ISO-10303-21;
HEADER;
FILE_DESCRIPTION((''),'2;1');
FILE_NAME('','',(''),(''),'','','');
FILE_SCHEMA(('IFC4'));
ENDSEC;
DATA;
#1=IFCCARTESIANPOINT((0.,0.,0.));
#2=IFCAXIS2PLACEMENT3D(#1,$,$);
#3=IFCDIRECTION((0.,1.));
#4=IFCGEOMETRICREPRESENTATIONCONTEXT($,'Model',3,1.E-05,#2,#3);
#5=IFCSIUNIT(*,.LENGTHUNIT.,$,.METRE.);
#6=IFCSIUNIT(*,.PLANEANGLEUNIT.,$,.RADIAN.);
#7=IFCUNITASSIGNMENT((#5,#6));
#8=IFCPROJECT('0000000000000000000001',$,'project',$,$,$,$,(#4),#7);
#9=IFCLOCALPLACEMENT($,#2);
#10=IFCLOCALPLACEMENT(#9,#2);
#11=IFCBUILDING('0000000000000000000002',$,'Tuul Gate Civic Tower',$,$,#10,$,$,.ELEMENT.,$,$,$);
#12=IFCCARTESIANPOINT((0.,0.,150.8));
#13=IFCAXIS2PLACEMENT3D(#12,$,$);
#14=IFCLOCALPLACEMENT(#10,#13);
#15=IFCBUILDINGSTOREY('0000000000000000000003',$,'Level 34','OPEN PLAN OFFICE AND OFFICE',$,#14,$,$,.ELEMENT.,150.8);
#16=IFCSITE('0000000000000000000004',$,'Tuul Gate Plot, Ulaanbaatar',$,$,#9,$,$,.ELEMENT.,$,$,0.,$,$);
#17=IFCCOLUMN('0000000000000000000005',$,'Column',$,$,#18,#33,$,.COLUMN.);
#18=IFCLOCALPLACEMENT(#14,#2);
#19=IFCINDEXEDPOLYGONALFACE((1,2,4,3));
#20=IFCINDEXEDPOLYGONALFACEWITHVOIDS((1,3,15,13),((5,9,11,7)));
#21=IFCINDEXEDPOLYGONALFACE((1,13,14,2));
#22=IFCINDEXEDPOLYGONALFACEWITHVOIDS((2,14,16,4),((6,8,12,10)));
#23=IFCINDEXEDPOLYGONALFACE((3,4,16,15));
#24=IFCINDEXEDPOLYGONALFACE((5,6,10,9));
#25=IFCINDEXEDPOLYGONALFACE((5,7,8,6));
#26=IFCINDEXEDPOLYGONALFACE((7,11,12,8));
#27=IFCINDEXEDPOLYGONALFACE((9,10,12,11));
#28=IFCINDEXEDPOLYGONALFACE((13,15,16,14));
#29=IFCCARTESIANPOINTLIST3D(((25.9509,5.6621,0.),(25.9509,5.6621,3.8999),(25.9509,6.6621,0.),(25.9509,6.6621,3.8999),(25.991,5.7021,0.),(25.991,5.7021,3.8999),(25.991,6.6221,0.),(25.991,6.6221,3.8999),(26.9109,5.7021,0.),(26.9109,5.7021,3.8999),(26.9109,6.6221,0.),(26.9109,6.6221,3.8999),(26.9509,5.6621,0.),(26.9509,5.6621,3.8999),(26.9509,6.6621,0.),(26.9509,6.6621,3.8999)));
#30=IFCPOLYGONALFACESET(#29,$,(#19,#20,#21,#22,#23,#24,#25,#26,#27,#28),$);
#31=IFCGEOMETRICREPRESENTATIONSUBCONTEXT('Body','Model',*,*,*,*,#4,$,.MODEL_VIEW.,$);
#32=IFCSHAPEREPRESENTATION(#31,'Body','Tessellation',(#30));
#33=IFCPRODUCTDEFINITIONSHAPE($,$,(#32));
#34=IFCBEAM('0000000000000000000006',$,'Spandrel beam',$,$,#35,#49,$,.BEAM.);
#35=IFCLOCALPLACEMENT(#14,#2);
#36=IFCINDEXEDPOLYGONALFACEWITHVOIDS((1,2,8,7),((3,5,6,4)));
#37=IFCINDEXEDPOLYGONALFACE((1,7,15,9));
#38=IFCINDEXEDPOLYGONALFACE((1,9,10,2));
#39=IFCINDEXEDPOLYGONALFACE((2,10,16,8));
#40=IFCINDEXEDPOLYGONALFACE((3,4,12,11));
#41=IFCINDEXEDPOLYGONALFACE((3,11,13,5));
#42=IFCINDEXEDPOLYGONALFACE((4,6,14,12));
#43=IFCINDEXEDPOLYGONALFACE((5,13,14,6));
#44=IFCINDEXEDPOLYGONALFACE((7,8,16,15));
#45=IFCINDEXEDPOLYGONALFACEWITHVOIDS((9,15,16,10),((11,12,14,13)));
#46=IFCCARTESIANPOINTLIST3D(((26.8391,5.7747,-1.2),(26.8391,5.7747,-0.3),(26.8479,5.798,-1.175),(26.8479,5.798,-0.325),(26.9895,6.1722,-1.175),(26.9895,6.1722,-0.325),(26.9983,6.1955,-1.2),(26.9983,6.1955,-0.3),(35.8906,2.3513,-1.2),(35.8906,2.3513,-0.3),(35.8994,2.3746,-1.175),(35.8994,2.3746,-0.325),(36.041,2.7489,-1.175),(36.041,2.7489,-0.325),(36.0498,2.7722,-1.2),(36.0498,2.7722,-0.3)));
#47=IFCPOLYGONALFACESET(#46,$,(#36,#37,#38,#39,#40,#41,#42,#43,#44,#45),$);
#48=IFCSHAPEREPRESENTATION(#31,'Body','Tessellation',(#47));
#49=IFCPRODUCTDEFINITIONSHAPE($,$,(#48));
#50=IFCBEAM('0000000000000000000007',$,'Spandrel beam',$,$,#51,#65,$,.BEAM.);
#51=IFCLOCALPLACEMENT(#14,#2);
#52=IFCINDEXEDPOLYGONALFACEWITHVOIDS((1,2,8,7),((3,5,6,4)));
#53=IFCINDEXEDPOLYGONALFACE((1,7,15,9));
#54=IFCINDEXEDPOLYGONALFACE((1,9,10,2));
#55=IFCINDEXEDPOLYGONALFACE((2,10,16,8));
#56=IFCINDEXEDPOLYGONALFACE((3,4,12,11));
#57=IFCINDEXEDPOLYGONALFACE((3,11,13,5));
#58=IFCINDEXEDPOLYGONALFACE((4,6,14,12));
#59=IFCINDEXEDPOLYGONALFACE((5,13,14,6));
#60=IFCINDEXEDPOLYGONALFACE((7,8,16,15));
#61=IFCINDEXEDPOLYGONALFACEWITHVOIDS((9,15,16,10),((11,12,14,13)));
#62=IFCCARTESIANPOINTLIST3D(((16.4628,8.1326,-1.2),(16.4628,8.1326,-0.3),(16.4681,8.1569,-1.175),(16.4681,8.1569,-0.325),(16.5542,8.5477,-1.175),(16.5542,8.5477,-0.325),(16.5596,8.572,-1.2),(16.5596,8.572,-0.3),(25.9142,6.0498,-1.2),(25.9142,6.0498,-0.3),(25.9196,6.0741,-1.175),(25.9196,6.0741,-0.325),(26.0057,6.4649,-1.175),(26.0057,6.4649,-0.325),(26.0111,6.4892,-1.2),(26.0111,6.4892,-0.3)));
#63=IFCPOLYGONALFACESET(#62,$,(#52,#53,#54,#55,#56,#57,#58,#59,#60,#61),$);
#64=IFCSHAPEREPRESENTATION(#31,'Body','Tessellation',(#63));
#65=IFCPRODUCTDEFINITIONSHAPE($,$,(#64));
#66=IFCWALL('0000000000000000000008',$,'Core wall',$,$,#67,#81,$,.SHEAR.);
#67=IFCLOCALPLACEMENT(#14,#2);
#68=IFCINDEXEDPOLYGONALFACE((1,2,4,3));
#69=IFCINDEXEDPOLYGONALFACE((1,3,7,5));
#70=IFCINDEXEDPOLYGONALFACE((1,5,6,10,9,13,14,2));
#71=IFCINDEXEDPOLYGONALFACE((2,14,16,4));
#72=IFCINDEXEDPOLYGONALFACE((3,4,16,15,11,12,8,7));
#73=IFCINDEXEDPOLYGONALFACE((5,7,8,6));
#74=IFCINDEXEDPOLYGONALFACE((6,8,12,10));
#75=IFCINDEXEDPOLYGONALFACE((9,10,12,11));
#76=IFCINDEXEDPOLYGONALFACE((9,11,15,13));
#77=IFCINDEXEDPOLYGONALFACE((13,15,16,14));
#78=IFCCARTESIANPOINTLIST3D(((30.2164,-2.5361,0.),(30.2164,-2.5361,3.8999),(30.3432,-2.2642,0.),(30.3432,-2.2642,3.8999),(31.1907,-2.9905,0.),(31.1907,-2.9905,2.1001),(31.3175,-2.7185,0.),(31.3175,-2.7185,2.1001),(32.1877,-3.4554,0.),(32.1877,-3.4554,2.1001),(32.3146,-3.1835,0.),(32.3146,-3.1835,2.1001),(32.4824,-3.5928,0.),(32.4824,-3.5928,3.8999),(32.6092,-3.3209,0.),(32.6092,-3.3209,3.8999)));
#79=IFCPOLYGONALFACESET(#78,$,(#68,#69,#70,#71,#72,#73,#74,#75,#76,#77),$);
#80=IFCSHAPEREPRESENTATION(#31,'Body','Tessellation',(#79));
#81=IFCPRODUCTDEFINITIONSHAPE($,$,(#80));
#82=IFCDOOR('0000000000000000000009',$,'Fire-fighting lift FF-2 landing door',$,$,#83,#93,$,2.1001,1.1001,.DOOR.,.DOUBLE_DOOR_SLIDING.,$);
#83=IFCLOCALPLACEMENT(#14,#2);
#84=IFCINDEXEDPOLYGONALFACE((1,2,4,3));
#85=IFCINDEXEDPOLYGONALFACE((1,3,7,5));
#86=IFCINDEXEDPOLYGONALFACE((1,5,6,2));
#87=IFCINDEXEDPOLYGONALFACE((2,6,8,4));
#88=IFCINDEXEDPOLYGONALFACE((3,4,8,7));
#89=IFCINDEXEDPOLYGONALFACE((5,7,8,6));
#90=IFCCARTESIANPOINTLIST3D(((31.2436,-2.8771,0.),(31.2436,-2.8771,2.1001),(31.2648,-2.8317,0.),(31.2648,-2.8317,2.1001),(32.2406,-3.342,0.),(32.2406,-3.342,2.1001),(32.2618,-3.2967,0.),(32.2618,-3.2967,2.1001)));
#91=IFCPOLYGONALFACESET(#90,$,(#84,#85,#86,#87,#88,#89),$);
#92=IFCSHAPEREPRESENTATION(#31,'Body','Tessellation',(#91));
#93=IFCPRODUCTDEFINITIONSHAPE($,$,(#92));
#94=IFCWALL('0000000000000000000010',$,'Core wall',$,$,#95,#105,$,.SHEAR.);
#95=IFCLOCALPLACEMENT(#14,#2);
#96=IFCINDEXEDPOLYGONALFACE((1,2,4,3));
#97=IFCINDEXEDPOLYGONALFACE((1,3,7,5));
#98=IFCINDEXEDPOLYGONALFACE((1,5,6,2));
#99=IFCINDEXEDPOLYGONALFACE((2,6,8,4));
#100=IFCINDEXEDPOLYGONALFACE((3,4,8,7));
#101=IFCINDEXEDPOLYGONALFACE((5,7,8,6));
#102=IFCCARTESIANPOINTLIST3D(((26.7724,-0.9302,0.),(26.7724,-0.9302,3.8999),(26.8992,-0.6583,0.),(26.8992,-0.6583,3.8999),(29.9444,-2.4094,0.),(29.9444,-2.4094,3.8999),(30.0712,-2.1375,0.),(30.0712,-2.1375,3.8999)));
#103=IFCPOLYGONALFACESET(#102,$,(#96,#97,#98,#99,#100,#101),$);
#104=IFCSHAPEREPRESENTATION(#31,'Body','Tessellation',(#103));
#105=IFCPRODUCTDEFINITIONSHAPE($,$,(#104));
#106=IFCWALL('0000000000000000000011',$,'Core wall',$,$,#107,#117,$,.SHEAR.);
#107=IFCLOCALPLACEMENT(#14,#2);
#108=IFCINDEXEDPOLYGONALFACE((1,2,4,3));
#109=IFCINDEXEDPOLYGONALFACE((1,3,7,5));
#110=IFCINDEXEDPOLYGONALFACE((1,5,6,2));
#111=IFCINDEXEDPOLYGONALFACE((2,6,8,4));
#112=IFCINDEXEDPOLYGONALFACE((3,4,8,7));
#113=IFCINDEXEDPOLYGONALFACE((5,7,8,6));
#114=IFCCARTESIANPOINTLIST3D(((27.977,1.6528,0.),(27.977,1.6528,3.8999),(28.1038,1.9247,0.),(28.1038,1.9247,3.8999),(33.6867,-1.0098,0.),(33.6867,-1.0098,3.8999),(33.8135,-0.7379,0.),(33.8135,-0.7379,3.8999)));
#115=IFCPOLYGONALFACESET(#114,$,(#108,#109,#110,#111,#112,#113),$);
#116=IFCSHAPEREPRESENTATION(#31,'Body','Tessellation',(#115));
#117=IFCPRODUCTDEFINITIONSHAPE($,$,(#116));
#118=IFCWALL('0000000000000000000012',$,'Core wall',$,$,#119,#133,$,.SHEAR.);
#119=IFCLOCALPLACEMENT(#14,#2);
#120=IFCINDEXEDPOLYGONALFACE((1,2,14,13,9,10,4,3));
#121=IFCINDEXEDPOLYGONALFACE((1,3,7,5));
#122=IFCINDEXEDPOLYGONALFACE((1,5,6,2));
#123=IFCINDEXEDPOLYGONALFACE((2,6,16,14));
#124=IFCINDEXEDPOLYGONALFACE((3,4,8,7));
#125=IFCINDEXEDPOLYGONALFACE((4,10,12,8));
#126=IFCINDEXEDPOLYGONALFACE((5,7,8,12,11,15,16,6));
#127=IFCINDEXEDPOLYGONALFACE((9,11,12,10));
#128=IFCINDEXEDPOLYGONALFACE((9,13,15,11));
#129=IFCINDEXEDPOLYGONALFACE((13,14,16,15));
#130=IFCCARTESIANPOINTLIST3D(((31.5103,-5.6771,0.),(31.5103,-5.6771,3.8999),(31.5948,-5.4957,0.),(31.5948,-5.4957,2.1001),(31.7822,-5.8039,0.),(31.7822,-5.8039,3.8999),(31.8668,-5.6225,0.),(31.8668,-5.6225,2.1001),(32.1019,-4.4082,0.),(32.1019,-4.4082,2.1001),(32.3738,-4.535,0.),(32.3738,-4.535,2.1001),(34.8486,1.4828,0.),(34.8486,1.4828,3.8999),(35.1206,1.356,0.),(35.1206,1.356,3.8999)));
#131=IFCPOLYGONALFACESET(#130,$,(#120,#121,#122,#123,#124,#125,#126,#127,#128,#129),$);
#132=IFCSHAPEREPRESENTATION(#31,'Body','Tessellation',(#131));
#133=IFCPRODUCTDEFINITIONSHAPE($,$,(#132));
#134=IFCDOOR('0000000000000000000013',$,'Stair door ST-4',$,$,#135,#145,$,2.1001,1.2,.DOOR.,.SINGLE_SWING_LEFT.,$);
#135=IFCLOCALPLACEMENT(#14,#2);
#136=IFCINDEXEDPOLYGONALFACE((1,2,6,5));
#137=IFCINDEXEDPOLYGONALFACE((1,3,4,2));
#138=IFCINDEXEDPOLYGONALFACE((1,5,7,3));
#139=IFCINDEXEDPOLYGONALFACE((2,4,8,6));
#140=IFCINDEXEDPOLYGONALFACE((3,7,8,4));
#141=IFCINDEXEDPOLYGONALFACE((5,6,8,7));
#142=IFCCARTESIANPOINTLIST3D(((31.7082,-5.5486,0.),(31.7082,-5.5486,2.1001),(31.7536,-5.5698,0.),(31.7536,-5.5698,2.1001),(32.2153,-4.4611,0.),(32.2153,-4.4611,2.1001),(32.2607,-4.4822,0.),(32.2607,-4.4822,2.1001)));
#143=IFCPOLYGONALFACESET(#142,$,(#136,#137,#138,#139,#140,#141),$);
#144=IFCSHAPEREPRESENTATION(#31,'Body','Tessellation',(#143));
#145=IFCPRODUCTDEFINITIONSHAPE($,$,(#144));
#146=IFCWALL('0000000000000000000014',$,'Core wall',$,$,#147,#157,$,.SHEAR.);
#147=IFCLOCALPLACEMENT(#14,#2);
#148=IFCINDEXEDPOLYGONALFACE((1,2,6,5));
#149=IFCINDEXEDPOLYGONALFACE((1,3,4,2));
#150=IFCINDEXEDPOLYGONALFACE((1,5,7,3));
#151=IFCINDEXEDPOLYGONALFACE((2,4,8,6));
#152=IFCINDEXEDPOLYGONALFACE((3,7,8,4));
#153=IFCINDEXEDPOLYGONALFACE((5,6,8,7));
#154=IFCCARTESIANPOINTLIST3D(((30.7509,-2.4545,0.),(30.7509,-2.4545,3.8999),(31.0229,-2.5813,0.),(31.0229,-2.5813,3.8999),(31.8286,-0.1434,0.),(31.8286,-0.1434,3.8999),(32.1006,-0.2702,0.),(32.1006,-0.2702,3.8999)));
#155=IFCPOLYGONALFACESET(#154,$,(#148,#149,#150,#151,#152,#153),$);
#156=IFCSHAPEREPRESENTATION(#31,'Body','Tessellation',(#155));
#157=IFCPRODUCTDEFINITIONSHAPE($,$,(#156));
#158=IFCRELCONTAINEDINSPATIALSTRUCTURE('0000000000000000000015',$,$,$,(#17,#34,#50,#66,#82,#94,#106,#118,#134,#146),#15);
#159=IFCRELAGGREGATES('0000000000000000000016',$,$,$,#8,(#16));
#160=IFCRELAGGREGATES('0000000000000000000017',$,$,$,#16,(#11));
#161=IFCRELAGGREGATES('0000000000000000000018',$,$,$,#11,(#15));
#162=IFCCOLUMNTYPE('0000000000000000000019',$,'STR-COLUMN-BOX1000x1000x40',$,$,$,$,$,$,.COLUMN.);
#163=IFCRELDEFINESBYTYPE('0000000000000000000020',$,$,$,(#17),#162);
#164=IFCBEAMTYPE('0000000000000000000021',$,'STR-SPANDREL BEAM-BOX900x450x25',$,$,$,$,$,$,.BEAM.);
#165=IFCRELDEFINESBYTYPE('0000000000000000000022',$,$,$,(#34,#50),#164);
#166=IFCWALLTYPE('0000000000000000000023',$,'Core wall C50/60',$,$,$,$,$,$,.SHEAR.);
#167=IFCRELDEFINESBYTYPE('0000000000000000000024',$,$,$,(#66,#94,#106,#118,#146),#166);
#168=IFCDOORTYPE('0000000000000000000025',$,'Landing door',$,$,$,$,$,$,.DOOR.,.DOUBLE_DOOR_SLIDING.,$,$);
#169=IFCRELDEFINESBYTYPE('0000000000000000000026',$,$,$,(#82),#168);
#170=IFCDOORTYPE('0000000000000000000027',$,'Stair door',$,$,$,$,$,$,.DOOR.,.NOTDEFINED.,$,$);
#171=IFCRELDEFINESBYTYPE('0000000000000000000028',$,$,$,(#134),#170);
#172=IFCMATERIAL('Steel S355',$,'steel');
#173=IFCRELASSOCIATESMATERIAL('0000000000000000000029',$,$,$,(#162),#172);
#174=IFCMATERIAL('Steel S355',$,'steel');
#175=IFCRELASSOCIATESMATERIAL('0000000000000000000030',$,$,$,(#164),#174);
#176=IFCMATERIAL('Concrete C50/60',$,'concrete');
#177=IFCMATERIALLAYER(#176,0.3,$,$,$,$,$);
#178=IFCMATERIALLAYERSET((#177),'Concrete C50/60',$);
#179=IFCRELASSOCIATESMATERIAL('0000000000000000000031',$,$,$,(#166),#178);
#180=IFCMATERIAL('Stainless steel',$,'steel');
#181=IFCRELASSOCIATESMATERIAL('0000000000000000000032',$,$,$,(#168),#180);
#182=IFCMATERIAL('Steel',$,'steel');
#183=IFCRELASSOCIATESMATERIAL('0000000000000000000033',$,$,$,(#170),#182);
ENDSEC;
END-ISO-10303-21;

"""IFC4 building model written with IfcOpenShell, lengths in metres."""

from ifc_helpers import new_model, si_unit, direction, frame, frame_2d, origin, origin_2d, place, context, subcontext, project, spatial, rectangle, hollow_rectangle, extrude, material, layer, layer_set, material_profile, profile_set, type_object, element, fill, save


model = new_model("IFC4")

# Units and contexts
model_context = context("Model", 3, precision=1e-05, world=origin(), true_north=direction((0.0, 1.0)))
body_context = subcontext(model_context, "Body", "Model", "MODEL_VIEW")
ifc_project = project(units=[si_unit("LENGTHUNIT", "METRE"), si_unit("PLANEANGLEUNIT", "RADIAN")], contexts=[model_context])

# Site, building, storey
site_placement = place(None, origin())
site = spatial("IfcSite", under=ifc_project, at=site_placement, Name="Tuul Gate Plot, Ulaanbaatar", CompositionType="ELEMENT", RefElevation=0.0)
building_placement = place(site_placement, origin())
building = spatial("IfcBuilding", under=site, at=building_placement, Name="Tuul Gate Civic Tower", CompositionType="ELEMENT")
storey_placement = place(building_placement, frame((0.0, 0.0, 150.8)))
storey = spatial("IfcBuildingStorey", under=building, at=storey_placement, Name="Level 34", Description="OPEN PLAN OFFICE AND OFFICE", CompositionType="ELEMENT", Elevation=150.8)

# Column
ifc_material_1 = material(Name="Steel S355", Category="steel")
ifc_material_profile_1 = material_profile(ifc_material_1, hollow_rectangle(XDim=1.0, YDim=1.0, WallThickness=0.04, at=origin_2d()), Name="BOX1000x1000x40")
ifc_profile_set_1 = profile_set([ifc_material_profile_1], Name="Steel S355")
column_type = type_object("IfcColumnType", Name="STR-COLUMN-BOX1000x1000x40", PredefinedType="COLUMN", material=ifc_profile_set_1)
column_placement = place(storey_placement, frame((26.4509, 6.1621, 0.0), z_axis=(0.0, 0.0, 1.0), x_axis=(1.0, 0.0, 0.0)))
element("IfcColumn", 1, at=column_placement, inside=storey, type_object=column_type, Name="Column", PredefinedType="COLUMN", context=body_context, shape_type="SweptSolid", body=[
    extrude(hollow_rectangle(XDim=1.0, YDim=1.0, WallThickness=0.04, at=origin_2d()), origin(), (0.0, 0.0, 1.0), 3.8999),
])

# Beams
ifc_material_2 = material(Name="Steel S355", Category="steel")
ifc_material_profile_2 = material_profile(ifc_material_2, hollow_rectangle(XDim=0.45, YDim=0.8999, WallThickness=0.0249, at=origin_2d()), Name="BOX900x450x25")
ifc_profile_set_2 = profile_set([ifc_material_profile_2], Name="Steel S355")
beam_type = type_object("IfcBeamType", Name="STR-SPANDREL BEAM-BOX900x450x25", PredefinedType="BEAM", material=ifc_profile_set_2)
beam_1_placement = place(storey_placement, frame((35.9702, 2.5618, -0.75), z_axis=(-0.93534, 0.353751, 0.0), x_axis=(-0.353751, -0.93534, 0.0)))
element("IfcBeam", 2, at=beam_1_placement, inside=storey, type_object=beam_type, Name="Spandrel beam", PredefinedType="BEAM", context=body_context, shape_type="SweptSolid", body=[
    extrude(hollow_rectangle(XDim=0.45, YDim=0.8999, WallThickness=0.0249, at=origin_2d()), origin(), (0.0, 0.0, 1.0), 9.6772),
])
beam_2_placement = place(storey_placement, frame((25.9626, 6.2695, -0.75), z_axis=(-0.97657, 0.215202, 0.0), x_axis=(-0.215202, -0.97657, 0.0)))
element("IfcBeam", 3, at=beam_2_placement, inside=storey, type_object=beam_type, Name="Spandrel beam", PredefinedType="BEAM", context=body_context, shape_type="SweptSolid", body=[
    extrude(hollow_rectangle(XDim=0.45, YDim=0.8999, WallThickness=0.0249, at=origin_2d()), origin(), (0.0, 0.0, 1.0), 9.6782),
])

# Wall, opening, door
ifc_material_3 = material(Name="Concrete C50/60", Category="concrete")
ifc_layer_1 = layer(ifc_material_3, 0.3)
ifc_layer_set_1 = layer_set([ifc_layer_1], Name="Concrete C50/60")
wall_type_1 = type_object("IfcWallType", Name="Core wall C50/60", PredefinedType="SHEAR", material=ifc_layer_set_1)
wall_1_placement = place(storey_placement, frame((32.5457, -3.4568, 0.0), z_axis=(0.0, 0.0, 1.0), x_axis=(-0.9063, 0.422634, 0.0)))
wall_1 = element("IfcWall", 4, at=wall_1_placement, inside=storey, type_object=wall_type_1, Name="Core wall", PredefinedType="SHEAR", context=body_context, shape_type="SweptSolid", body=[
    extrude(rectangle(XDim=2.5002, YDim=0.3, at=frame_2d((1.25, 0.0))), origin(), (0.0, 0.0, 1.0), 3.8999),
])
opening_1_placement = place(wall_1_placement, frame((0.325, 0.0, 0.0)))
opening_1 = element("IfcOpeningElement", 5, at=opening_1_placement, cuts=wall_1, PredefinedType="OPENING", context=body_context, shape_type="SweptSolid", body=[
    extrude(rectangle(XDim=1.1001, YDim=2.1001, at=frame_2d((0.55, 1.05))), frame((0.0, 0.1602, 0.0), z_axis=(0.0, -1.0, 0.0), x_axis=(1.0, 0.0, 0.0)), (0.0, 0.0, 1.0), 0.3201),
])
ifc_material_4 = material(Name="Stainless steel", Category="steel")
door_type_1 = type_object("IfcDoorType", Name="Landing door", OperationType="DOUBLE_DOOR_SLIDING", PredefinedType="DOOR", material=ifc_material_4)
door_1_placement = place(opening_1_placement, origin())
door_1 = element("IfcDoor", 6, at=door_1_placement, inside=storey, type_object=door_type_1, Name="Fire-fighting lift FF-2 landing door", OperationType="DOUBLE_DOOR_SLIDING", OverallHeight=2.1001, OverallWidth=1.1001, PredefinedType="DOOR", context=body_context, shape_type="SweptSolid", body=[
    extrude(rectangle(XDim=1.1001, YDim=2.1001, at=frame_2d((0.55, 1.05))), frame((0.0, 0.0249, 0.0), z_axis=(0.0, -1.0, 0.0), x_axis=(1.0, 0.0, 0.0)), (0.0, 0.0, 1.0), 0.05),
])
fill(opening_1, door_1)

# Walls
wall_2_placement = place(storey_placement, frame((30.0078, -2.2734, 0.0), z_axis=(0.0, 0.0, 1.0), x_axis=(-0.906301, 0.422633, 0.0)))
element("IfcWall", 7, at=wall_2_placement, inside=storey, type_object=wall_type_1, Name="Core wall", PredefinedType="SHEAR", context=body_context, shape_type="SweptSolid", body=[
    extrude(rectangle(XDim=3.5, YDim=0.3, at=frame_2d((1.75, 0.0))), origin(), (0.0, 0.0, 1.0), 3.8999),
])
wall_3_placement = place(storey_placement, frame((33.75, -0.8738, 0.0), z_axis=(0.0, 0.0, 1.0), x_axis=(-0.906301, 0.422633, 0.0)))
element("IfcWall", 8, at=wall_3_placement, inside=storey, type_object=wall_type_1, Name="Core wall", PredefinedType="SHEAR", context=body_context, shape_type="SweptSolid", body=[
    extrude(rectangle(XDim=6.3, YDim=0.3, at=frame_2d((3.1499, 0.0))), origin(), (0.0, 0.0, 1.0), 3.8999),
])

# Wall, opening, door
wall_4_placement = place(storey_placement, frame((31.6462, -5.7405, 0.0), z_axis=(0.0, 0.0, 1.0), x_axis=(0.422583, 0.906324, 0.0)))
wall_4 = element("IfcWall", 9, at=wall_4_placement, inside=storey, type_object=wall_type_1, Name="Core wall", PredefinedType="SHEAR", context=body_context, shape_type="SweptSolid", body=[
    extrude(rectangle(XDim=7.8999, YDim=0.3, at=frame_2d((3.95, 0.0))), origin(), (0.0, 0.0, 1.0), 3.8999),
])
opening_2_placement = place(wall_4_placement, frame((0.2, 0.0, 0.0)))
opening_2 = element("IfcOpeningElement", 10, at=opening_2_placement, cuts=wall_4, PredefinedType="OPENING", context=body_context, shape_type="SweptSolid", body=[
    extrude(rectangle(XDim=1.2, YDim=2.1001, at=frame_2d((0.6001, 1.05))), frame((0.0, 0.1602, 0.0), z_axis=(0.0, -1.0, 0.0), x_axis=(1.0, 0.0, 0.0)), (0.0, 0.0, 1.0), 0.3201),
])
ifc_material_5 = material(Name="Steel", Category="steel")
door_type_2 = type_object("IfcDoorType", Name="Stair door", OperationType="NOTDEFINED", PredefinedType="DOOR", material=ifc_material_5)
door_2_placement = place(opening_2_placement, origin())
door_2 = element("IfcDoor", 11, at=door_2_placement, inside=storey, type_object=door_type_2, Name="Stair door ST-4", OperationType="SINGLE_SWING_LEFT", OverallHeight=2.1001, OverallWidth=1.2, PredefinedType="DOOR", context=body_context, shape_type="SweptSolid", body=[
    extrude(rectangle(XDim=1.2, YDim=2.1001, at=frame_2d((0.6001, 1.05))), frame((0.0, 0.0249, 0.0), z_axis=(0.0, -1.0, 0.0), x_axis=(1.0, 0.0, 0.0)), (0.0, 0.0, 1.0), 0.05),
])
fill(opening_2, door_2)

# Wall
wall_5_placement = place(storey_placement, frame((30.887, -2.5178, 0.0), z_axis=(0.0, 0.0, 1.0), x_axis=(0.422613, 0.90631, 0.0)))
element("IfcWall", 12, at=wall_5_placement, inside=storey, type_object=wall_type_1, Name="Core wall", PredefinedType="SHEAR", context=body_context, shape_type="SweptSolid", body=[
    extrude(rectangle(XDim=2.55, YDim=0.3, at=frame_2d((1.2749, 0.0))), origin(), (0.0, 0.0, 1.0), 3.8999),
])

save(model, "model.ifc")
